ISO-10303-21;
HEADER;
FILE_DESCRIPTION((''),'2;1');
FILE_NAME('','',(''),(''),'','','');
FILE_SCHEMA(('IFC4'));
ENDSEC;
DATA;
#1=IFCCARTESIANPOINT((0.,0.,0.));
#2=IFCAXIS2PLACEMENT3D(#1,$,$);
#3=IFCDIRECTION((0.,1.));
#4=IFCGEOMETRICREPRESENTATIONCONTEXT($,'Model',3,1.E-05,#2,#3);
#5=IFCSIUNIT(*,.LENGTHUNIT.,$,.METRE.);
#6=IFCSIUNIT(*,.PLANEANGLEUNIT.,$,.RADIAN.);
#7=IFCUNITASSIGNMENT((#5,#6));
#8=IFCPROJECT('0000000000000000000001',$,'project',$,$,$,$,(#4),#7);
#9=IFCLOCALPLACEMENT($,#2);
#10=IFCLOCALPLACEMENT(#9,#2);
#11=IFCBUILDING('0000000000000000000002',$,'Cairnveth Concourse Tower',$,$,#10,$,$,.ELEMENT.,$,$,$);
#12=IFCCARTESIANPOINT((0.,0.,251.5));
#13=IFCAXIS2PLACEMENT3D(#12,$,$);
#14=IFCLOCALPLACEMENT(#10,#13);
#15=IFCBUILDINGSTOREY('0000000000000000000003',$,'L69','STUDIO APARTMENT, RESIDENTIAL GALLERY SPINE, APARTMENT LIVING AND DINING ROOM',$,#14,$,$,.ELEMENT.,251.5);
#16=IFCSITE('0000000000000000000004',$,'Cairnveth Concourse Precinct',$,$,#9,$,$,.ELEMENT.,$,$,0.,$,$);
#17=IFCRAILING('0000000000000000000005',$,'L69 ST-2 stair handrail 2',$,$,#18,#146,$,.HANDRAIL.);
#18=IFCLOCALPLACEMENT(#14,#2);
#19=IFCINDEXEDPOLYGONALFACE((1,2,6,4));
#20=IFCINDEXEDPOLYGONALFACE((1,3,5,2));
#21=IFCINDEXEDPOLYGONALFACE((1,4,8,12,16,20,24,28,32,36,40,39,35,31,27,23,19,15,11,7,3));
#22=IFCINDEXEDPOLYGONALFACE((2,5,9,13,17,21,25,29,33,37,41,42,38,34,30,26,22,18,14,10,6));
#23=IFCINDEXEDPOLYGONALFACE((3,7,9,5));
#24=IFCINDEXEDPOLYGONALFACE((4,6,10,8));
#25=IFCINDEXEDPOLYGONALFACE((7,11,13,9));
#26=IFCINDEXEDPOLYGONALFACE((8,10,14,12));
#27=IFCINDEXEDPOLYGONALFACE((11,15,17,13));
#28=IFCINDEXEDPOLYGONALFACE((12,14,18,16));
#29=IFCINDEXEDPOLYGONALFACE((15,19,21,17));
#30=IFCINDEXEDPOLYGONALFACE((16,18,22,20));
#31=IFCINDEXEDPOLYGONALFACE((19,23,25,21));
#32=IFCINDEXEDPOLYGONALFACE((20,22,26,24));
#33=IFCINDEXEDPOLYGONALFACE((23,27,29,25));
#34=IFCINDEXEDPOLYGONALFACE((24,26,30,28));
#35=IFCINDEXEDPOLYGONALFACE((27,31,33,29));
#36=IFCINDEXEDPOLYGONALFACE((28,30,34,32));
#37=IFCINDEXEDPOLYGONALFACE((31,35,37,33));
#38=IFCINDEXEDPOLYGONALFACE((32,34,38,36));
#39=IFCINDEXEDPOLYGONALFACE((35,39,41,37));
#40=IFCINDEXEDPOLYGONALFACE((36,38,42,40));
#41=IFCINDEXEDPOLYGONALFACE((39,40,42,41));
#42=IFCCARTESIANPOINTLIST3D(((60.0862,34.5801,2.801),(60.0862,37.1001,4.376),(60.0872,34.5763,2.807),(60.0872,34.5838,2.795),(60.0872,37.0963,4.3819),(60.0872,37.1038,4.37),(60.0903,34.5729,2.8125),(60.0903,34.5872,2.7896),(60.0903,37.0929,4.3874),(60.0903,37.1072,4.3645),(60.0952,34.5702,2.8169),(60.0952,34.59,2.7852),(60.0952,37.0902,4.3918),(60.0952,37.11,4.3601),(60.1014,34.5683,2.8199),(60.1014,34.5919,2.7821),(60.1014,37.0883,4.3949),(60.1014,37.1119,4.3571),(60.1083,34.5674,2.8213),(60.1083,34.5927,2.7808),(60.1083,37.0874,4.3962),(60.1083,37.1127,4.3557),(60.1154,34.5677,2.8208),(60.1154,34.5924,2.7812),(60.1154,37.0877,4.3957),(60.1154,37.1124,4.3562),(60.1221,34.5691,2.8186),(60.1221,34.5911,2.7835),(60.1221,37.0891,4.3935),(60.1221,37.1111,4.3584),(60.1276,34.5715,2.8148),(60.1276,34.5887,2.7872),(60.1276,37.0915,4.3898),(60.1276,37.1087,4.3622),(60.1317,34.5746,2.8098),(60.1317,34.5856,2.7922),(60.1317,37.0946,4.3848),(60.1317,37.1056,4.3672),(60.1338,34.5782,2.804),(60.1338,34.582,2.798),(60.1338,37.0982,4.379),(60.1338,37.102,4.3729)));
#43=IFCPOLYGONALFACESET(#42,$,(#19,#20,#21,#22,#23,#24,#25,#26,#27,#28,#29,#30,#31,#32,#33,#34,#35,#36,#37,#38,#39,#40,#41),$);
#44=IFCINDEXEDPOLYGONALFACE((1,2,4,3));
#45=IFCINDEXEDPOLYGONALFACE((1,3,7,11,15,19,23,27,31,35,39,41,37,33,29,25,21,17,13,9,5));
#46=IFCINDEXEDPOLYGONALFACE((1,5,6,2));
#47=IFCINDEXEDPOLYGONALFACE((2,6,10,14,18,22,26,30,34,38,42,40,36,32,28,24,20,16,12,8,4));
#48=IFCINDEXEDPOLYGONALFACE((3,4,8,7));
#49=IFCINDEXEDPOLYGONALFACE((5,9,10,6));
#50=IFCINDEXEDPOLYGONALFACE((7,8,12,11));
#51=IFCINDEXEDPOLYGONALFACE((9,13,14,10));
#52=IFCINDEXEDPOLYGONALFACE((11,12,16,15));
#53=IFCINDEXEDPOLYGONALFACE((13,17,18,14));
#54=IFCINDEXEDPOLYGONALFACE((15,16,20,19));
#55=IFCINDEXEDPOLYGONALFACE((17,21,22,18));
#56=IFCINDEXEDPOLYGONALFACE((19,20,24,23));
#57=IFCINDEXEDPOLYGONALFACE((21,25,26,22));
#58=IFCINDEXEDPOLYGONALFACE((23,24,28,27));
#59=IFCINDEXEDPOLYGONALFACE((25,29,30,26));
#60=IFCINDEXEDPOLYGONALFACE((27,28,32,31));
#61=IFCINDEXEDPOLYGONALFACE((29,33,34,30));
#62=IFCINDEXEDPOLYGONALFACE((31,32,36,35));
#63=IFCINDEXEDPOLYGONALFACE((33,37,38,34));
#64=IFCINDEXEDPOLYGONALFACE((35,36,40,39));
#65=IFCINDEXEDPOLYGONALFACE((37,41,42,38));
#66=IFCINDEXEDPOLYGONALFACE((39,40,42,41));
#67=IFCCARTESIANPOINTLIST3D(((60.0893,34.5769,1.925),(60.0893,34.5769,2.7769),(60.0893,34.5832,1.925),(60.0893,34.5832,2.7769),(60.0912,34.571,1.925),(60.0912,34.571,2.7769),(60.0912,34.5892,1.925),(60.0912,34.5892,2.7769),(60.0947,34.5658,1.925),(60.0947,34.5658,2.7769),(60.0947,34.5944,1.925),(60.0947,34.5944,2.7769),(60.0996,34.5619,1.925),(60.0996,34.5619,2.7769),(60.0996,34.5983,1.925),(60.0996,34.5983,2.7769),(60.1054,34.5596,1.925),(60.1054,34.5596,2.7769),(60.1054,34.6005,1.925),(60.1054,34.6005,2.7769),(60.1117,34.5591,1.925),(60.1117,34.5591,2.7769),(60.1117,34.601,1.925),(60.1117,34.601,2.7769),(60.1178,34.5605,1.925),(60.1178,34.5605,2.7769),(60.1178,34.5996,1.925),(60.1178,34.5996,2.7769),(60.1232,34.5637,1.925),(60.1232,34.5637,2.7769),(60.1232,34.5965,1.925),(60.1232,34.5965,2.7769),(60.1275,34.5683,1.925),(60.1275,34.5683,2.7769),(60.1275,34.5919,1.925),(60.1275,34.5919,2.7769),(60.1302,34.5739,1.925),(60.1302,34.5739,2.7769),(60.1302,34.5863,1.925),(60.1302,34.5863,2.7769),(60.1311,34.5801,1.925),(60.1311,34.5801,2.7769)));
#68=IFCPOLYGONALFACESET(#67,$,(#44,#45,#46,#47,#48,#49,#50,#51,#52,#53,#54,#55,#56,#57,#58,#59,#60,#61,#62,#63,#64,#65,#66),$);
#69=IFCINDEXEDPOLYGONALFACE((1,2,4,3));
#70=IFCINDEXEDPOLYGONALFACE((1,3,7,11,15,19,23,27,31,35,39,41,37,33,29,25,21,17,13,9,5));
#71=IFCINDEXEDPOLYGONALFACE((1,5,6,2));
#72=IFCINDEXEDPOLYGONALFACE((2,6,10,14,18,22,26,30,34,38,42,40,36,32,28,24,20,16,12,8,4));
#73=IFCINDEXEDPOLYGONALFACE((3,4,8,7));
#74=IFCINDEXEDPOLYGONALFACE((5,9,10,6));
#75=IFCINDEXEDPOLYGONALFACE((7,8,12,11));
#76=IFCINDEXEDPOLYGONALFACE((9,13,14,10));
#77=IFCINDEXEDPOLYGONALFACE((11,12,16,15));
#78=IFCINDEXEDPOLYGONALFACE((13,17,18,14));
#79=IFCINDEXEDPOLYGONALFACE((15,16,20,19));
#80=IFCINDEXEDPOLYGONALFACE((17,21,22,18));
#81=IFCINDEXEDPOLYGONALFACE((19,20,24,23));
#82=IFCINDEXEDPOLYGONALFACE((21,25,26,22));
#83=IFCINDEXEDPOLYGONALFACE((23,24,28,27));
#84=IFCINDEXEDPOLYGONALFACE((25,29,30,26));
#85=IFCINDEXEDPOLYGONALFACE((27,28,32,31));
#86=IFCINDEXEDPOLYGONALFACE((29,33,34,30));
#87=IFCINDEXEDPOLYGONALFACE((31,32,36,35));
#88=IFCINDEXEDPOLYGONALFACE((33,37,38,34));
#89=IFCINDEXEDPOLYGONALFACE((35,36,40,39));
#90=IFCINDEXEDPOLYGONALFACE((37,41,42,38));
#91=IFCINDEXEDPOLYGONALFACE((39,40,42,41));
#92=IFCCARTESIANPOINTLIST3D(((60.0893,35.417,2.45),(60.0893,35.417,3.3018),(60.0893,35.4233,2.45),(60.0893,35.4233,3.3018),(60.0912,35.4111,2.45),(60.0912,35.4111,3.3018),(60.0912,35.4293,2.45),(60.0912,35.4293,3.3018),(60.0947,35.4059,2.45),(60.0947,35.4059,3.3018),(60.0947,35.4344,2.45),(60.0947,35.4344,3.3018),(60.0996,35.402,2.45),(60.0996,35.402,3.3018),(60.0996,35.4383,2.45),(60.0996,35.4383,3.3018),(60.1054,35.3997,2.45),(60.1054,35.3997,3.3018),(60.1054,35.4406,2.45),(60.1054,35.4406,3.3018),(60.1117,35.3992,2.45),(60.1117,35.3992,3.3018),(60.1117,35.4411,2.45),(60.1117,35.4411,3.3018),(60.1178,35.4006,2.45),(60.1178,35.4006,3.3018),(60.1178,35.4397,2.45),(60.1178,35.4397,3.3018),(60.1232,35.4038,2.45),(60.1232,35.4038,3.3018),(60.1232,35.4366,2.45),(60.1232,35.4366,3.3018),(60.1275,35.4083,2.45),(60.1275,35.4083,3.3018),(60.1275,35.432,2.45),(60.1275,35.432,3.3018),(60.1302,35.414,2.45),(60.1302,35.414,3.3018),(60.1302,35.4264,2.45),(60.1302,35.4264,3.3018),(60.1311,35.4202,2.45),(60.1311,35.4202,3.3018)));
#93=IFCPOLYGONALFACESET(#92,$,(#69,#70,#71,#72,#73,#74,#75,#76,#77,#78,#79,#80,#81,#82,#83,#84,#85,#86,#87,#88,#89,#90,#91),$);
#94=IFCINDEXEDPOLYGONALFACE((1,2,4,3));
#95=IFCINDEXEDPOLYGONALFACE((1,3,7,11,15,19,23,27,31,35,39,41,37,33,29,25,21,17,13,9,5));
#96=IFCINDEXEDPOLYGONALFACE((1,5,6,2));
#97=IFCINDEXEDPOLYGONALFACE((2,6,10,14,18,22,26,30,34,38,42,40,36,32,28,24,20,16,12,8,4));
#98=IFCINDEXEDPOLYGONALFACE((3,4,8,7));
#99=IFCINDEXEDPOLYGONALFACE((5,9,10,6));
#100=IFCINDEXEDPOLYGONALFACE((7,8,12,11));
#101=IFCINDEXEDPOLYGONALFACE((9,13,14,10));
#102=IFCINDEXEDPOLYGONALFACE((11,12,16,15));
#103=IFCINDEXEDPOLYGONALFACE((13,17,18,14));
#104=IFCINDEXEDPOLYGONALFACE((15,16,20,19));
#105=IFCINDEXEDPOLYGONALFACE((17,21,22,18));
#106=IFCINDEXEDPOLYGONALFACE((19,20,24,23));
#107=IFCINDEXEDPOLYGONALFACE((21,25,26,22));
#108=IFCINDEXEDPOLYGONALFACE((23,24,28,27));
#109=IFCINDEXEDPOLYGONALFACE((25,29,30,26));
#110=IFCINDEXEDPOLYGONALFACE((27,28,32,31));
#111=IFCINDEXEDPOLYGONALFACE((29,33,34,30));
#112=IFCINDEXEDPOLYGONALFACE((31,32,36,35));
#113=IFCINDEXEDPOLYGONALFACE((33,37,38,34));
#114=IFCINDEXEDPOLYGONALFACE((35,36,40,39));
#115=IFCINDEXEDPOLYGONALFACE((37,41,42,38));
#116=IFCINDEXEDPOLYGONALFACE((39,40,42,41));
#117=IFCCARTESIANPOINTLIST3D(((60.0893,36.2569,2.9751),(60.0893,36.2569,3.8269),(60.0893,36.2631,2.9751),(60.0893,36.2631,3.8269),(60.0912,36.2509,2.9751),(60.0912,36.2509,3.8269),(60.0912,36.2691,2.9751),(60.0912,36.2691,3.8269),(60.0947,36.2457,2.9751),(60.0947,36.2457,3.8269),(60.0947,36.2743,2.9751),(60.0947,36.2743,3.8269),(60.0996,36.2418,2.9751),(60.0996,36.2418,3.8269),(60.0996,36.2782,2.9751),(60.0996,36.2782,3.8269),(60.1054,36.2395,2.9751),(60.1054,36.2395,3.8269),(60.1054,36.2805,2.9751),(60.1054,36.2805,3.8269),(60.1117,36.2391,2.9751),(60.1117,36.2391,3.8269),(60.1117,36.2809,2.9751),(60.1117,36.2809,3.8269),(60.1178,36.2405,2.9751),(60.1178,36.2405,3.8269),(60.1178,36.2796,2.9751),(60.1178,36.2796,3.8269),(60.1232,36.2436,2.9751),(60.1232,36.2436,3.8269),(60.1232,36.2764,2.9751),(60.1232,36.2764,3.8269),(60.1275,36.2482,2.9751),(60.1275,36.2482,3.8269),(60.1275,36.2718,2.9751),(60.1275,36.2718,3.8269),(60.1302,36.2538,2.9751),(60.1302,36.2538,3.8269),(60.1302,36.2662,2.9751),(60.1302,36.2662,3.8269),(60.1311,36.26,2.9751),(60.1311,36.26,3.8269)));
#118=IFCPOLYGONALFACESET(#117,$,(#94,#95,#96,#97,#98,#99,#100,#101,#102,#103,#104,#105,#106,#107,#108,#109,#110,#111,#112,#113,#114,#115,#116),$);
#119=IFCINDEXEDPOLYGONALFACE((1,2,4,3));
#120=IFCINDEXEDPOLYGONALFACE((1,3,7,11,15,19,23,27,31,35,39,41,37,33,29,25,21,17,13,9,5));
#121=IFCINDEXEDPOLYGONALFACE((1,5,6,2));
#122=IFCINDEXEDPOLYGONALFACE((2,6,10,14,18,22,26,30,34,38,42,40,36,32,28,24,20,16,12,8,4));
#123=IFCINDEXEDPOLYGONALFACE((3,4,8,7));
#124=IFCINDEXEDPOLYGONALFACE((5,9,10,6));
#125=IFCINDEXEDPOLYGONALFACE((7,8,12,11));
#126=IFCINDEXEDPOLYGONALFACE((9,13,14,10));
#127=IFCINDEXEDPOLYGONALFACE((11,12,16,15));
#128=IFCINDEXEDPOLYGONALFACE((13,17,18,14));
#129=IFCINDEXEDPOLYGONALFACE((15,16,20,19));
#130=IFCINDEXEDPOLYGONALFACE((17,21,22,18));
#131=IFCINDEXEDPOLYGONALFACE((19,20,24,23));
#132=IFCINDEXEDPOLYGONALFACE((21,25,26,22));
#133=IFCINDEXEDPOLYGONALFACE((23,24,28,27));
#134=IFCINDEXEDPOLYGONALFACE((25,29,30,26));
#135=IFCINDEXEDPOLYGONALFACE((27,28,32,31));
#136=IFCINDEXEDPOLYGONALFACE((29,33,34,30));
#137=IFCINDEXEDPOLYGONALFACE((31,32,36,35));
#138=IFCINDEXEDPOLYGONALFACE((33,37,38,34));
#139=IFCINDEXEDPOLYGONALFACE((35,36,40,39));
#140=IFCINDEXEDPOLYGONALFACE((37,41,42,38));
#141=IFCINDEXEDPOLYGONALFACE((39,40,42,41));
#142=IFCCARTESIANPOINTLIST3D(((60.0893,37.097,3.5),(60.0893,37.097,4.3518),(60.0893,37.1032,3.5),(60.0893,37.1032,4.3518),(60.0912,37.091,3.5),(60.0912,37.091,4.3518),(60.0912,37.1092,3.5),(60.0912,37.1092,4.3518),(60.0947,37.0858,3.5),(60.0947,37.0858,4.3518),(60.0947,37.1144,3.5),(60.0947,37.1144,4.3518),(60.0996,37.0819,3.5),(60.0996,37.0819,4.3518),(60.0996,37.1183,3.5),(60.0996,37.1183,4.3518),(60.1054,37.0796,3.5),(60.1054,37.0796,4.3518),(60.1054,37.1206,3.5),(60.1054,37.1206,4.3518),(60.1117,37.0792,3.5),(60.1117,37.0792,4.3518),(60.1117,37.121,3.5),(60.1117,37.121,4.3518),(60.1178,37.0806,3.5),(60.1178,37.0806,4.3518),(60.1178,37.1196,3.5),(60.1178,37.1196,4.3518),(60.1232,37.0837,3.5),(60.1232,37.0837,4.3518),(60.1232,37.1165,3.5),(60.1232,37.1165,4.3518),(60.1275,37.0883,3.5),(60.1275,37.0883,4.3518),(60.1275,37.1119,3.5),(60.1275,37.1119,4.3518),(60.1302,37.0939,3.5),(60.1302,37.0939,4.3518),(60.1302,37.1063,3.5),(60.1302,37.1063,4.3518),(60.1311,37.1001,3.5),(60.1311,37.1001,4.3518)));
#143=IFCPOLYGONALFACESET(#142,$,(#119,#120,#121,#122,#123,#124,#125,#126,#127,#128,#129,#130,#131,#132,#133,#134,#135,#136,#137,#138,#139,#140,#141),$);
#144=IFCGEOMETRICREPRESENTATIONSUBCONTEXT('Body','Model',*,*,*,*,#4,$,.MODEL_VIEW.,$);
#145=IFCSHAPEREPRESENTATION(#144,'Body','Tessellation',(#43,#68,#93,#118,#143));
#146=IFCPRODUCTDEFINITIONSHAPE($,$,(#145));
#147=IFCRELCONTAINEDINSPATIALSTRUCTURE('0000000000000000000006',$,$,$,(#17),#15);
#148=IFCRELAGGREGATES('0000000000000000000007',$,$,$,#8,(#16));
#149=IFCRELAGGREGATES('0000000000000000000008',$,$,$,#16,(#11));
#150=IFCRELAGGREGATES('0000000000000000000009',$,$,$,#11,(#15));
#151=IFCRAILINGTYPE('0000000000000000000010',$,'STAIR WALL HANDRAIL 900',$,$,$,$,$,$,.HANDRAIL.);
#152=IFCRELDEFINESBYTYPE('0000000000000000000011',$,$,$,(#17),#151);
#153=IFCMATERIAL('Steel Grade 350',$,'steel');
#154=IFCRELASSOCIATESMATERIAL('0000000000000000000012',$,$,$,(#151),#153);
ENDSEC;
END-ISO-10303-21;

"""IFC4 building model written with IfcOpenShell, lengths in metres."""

from ifc_helpers import new_model, si_unit, direction, frame, origin, origin_2d, place, context, subcontext, project, spatial, circle, extrude, material, type_object, element, save


model = new_model("IFC4")

# Units and contexts
model_context = context("Model", 3, precision=1e-05, world=origin(), true_north=direction((0.0, 1.0)))
body_context = subcontext(model_context, "Body", "Model", "MODEL_VIEW")
ifc_project = project(units=[si_unit("LENGTHUNIT", "METRE"), si_unit("PLANEANGLEUNIT", "RADIAN")], contexts=[model_context])

# Site, building, storey
site_placement = place(None, origin())
site = spatial("IfcSite", under=ifc_project, at=site_placement, Name="Cairnveth Concourse Precinct", CompositionType="ELEMENT", RefElevation=0.0)
building_placement = place(site_placement, origin())
building = spatial("IfcBuilding", under=site, at=building_placement, Name="Cairnveth Concourse Tower", CompositionType="ELEMENT")
storey_placement = place(building_placement, frame((0.0, 0.0, 251.5)))
storey = spatial("IfcBuildingStorey", under=building, at=storey_placement, Name="L69", Description="STUDIO APARTMENT, RESIDENTIAL GALLERY SPINE, APARTMENT LIVING AND DINING ROOM", CompositionType="ELEMENT", Elevation=251.5)

# Shared definitions
ifc_material_1 = material(Name="Steel Grade 350", Category="steel")

# Railing
railing_type_1 = type_object("IfcRailingType", Name="STAIR WALL HANDRAIL 900", PredefinedType="HANDRAIL", material=ifc_material_1)
railing_1_placement = place(storey_placement, frame((60.1101, 34.5801, 1.925)))
element("IfcRailing", 1, at=railing_1_placement, inside=storey, type_object=railing_type_1, Name="L69 ST-2 stair handrail 2", PredefinedType="HANDRAIL", context=body_context, shape_type="SweptSolid", body=[
    extrude(circle(Radius=0.0239, at=origin_2d()), frame((0.0, 0.0, 0.876), z_axis=(0.0, 0.848008, 0.529984), x_axis=(-1.0, 0.0, 0.0)), (0.0, 0.0, 1.0), 2.9717),
    extrude(circle(Radius=0.021, at=origin_2d()), origin(), (0.0, 0.0, 1.0), 0.8518),
    extrude(circle(Radius=0.021, at=origin_2d()), frame((0.0, 0.8401, 0.5249)), (0.0, 0.0, 1.0), 0.8518),
    extrude(circle(Radius=0.021, at=origin_2d()), frame((0.0, 1.6799, 1.05)), (0.0, 0.0, 1.0), 0.8518),
    extrude(circle(Radius=0.021, at=origin_2d()), frame((0.0, 2.52, 1.575)), (0.0, 0.0, 1.0), 0.8518),
])

save(model, "model.ifc")
